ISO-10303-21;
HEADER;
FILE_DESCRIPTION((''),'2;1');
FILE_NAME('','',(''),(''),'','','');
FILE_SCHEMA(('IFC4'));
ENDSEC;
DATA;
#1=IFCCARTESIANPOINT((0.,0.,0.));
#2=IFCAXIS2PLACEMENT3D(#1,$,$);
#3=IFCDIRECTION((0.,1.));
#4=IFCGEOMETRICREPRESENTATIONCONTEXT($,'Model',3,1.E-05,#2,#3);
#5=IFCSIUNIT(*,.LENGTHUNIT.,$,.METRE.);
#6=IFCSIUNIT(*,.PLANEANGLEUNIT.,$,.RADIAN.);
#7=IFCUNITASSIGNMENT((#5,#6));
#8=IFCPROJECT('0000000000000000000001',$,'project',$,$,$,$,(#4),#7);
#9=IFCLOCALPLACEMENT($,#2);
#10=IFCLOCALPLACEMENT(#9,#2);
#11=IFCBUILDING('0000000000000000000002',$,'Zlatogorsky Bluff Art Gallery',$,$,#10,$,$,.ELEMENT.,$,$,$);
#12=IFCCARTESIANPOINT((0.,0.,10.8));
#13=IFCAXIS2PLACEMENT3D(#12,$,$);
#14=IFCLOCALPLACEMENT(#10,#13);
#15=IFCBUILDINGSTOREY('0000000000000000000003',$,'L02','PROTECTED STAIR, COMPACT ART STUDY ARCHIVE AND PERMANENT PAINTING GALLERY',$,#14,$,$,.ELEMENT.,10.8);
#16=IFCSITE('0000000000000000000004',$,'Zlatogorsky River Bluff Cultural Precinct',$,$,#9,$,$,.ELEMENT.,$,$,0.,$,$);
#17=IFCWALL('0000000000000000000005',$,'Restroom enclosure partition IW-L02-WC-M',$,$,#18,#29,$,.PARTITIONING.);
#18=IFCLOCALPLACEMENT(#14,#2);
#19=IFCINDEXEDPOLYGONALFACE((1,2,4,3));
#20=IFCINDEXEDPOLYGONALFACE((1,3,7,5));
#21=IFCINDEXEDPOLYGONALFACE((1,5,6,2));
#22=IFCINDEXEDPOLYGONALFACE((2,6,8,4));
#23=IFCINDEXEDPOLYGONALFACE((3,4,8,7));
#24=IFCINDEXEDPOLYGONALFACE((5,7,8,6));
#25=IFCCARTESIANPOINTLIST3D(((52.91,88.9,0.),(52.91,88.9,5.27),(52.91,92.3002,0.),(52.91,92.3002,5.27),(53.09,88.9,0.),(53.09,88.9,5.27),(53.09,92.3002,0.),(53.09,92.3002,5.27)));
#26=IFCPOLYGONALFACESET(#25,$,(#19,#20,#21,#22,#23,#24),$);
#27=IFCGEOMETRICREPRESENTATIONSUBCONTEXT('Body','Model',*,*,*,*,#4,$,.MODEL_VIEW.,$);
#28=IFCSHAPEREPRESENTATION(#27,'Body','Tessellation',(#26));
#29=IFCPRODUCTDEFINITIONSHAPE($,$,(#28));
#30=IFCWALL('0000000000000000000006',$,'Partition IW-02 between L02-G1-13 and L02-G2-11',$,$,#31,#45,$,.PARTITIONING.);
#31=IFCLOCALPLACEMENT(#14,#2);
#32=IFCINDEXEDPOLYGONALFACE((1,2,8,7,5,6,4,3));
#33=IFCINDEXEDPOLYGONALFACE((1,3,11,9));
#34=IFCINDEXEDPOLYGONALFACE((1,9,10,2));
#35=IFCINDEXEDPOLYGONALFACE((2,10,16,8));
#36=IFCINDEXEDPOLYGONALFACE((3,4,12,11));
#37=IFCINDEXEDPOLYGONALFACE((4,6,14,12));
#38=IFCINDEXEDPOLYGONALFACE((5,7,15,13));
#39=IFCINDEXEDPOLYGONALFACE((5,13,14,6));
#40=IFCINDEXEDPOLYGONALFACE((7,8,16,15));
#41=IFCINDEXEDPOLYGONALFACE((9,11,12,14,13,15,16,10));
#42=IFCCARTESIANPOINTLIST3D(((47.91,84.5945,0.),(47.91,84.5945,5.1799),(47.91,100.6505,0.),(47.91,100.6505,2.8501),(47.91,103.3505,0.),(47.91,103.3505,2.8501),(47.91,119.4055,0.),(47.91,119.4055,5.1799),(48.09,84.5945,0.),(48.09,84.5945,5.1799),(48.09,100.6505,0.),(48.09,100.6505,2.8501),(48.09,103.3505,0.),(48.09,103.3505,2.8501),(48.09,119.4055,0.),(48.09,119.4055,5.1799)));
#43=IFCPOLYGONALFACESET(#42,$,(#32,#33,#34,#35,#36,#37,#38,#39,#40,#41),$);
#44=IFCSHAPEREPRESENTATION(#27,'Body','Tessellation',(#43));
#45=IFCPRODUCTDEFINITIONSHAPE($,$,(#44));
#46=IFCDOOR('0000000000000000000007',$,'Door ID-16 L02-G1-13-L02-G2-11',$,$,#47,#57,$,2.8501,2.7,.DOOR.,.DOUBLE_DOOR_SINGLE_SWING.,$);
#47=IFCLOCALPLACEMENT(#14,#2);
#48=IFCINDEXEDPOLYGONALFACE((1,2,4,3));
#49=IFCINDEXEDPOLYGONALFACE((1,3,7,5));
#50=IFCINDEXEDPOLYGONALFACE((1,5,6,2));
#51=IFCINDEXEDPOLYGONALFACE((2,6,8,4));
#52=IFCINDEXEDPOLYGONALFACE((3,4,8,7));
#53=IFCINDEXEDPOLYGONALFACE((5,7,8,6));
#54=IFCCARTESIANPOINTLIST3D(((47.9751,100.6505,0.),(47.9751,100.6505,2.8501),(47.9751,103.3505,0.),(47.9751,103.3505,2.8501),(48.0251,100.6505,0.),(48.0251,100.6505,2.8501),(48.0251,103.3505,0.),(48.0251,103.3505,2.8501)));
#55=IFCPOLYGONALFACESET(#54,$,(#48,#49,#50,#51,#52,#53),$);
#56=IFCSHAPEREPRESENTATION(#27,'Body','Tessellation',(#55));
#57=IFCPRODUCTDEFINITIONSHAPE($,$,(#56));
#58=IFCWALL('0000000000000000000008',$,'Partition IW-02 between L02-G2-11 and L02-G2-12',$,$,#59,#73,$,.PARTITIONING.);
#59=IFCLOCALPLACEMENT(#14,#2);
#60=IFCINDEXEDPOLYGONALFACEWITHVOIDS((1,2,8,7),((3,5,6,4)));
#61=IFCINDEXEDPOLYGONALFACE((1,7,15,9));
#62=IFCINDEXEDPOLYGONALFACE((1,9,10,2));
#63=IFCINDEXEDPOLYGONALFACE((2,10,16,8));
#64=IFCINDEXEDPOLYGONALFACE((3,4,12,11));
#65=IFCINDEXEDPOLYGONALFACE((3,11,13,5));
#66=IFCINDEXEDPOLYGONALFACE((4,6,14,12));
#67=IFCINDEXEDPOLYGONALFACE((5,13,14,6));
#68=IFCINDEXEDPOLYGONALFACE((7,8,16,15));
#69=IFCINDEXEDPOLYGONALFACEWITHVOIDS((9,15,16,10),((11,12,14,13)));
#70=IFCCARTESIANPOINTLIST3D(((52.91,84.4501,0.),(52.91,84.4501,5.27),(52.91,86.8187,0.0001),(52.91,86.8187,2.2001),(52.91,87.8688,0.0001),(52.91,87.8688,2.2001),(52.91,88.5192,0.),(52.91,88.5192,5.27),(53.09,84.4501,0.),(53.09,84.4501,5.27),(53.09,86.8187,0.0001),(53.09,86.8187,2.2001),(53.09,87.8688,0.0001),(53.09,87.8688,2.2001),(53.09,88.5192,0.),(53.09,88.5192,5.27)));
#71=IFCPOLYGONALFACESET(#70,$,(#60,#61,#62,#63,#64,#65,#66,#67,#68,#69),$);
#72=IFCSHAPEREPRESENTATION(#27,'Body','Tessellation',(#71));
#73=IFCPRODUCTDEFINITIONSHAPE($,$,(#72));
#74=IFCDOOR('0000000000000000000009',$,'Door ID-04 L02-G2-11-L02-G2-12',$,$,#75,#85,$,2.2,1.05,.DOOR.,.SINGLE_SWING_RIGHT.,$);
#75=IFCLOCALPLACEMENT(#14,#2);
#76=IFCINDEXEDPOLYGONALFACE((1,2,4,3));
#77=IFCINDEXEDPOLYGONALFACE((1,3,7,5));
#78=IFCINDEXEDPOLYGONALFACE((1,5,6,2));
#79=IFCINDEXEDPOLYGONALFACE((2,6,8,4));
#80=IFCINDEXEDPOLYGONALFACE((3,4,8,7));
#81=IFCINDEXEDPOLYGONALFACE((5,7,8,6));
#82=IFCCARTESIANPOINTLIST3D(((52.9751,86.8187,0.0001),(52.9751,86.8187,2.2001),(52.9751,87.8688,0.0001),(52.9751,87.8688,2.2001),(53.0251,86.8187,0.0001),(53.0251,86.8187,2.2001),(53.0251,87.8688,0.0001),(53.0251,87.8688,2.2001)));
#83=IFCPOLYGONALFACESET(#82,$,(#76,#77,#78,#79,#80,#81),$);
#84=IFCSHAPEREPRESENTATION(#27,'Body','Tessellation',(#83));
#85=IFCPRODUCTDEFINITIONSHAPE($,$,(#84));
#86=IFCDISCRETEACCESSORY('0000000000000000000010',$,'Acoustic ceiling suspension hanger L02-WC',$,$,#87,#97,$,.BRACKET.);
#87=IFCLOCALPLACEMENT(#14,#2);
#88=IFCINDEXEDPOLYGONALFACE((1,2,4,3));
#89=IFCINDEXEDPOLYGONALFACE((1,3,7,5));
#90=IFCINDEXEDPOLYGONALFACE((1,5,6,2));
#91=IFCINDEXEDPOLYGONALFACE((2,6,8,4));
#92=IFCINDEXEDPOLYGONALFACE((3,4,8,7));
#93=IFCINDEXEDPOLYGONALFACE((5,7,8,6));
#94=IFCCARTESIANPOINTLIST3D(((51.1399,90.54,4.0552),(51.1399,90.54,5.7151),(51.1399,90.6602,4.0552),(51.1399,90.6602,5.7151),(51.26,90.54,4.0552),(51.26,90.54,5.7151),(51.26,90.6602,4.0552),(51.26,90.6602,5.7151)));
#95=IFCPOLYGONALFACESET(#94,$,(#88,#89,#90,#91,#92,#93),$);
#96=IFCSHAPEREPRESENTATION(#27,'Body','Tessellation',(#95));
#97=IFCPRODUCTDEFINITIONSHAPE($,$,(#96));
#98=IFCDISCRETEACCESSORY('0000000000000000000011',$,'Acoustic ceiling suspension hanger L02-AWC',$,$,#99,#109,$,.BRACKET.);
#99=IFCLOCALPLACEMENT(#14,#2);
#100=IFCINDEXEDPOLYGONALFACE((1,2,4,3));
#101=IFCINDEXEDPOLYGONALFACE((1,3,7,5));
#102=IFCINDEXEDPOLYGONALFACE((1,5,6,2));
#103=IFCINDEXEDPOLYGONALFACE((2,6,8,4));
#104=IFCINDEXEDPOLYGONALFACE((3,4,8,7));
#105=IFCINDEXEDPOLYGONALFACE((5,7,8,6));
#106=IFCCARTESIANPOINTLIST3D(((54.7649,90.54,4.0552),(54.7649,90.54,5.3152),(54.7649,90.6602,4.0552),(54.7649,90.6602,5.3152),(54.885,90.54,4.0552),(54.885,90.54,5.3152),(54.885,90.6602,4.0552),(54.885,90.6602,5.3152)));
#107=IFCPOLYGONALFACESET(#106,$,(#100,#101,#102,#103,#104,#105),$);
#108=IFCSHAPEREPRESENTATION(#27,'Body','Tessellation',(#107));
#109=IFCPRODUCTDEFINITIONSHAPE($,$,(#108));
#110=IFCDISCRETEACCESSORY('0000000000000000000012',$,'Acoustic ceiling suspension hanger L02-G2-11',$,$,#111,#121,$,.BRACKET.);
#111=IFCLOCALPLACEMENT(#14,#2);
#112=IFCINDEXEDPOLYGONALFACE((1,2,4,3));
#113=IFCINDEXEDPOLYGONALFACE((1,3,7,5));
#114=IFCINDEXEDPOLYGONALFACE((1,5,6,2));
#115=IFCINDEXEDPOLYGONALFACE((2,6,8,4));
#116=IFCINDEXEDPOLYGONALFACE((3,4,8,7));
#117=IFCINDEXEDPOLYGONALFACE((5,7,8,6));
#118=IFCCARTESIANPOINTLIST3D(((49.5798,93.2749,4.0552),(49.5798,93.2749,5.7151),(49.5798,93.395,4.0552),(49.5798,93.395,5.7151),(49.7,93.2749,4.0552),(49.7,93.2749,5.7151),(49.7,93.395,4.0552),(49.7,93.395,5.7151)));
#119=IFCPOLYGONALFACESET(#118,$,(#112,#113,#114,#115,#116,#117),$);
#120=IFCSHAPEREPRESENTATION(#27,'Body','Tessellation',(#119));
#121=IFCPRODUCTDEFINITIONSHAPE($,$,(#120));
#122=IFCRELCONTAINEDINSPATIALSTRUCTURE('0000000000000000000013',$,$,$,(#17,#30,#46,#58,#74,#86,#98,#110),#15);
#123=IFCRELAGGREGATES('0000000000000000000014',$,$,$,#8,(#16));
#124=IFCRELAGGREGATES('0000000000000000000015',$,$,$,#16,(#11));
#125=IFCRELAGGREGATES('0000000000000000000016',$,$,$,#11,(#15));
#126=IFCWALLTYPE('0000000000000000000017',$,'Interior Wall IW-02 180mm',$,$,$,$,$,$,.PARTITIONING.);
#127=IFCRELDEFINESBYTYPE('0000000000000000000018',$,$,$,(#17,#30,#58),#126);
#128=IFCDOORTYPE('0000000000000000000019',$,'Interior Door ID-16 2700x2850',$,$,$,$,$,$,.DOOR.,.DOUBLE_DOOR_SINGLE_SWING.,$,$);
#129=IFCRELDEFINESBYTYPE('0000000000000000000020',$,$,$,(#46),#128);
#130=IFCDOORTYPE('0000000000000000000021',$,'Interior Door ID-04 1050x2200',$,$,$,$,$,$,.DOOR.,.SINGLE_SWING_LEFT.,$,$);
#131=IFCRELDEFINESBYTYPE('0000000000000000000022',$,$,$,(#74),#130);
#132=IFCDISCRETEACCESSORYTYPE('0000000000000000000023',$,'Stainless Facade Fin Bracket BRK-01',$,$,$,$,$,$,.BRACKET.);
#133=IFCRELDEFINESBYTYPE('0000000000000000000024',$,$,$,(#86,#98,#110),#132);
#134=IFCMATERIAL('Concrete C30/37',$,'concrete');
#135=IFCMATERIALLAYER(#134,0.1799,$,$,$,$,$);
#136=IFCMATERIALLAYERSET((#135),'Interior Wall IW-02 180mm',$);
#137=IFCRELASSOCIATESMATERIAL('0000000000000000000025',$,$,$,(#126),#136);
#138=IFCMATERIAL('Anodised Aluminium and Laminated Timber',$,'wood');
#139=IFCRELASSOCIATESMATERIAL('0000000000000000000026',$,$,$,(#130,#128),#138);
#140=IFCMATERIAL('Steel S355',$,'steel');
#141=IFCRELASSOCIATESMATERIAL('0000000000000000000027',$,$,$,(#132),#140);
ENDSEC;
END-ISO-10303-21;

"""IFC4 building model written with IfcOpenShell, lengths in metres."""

from ifc_helpers import new_model, si_unit, direction, frame, frame_2d, origin, origin_2d, place, context, subcontext, project, spatial, rectangle, extrude, material, layer, layer_set, type_object, element, fill, save


model = new_model("IFC4")

# Units and contexts
model_context = context("Model", 3, precision=1e-05, world=origin(), true_north=direction((0.0, 1.0)))
body_context = subcontext(model_context, "Body", "Model", "MODEL_VIEW")
ifc_project = project(units=[si_unit("LENGTHUNIT", "METRE"), si_unit("PLANEANGLEUNIT", "RADIAN")], contexts=[model_context])

# Site, building, storey
site_placement = place(None, origin())
site = spatial("IfcSite", under=ifc_project, at=site_placement, Name="Zlatogorsky River Bluff Cultural Precinct", CompositionType="ELEMENT", RefElevation=0.0)
building_placement = place(site_placement, origin())
building = spatial("IfcBuilding", under=site, at=building_placement, Name="Zlatogorsky Bluff Art Gallery", CompositionType="ELEMENT")
storey_placement = place(building_placement, frame((0.0, 0.0, 10.8)))
storey = spatial("IfcBuildingStorey", under=building, at=storey_placement, Name="L02", Description="PROTECTED STAIR, COMPACT ART STUDY ARCHIVE AND PERMANENT PAINTING GALLERY", CompositionType="ELEMENT", Elevation=10.8)

# Shared definitions
ifc_material_1 = material(Name="Steel S355", Category="steel")

# Shared definitions
ifc_material_2 = material(Name="Concrete C30/37", Category="concrete")
ifc_material_3 = material(Name="Anodised Aluminium and Laminated Timber", Category="wood")

# Shared definitions
ifc_layer_1 = layer(ifc_material_2, 0.1799)
ifc_layer_set_1 = layer_set([ifc_layer_1], Name="Interior Wall IW-02 180mm")
wall_type_1 = type_object("IfcWallType", Name="Interior Wall IW-02 180mm", PredefinedType="PARTITIONING", material=ifc_layer_set_1)

# Shared definitions
door_type_1 = type_object("IfcDoorType", Name="Interior Door ID-04 1050x2200", OperationType="SINGLE_SWING_LEFT", PredefinedType="DOOR", material=ifc_material_3)

# Wall
for number, where, z_axis, x_axis, name in (
    (1, (53.0, 88.8999, 0.0), (0.0, 0.0, 1.0), (0.0, 1.0, 0.0), "Restroom enclosure partition IW-L02-WC-M"),
):
    element("IfcWall", number, at=place(storey_placement, frame(where, z_axis=z_axis, x_axis=x_axis)), inside=storey, type_object=wall_type_1, Name=name, PredefinedType="PARTITIONING", context=body_context, shape_type="SweptSolid", body=[
        extrude(rectangle(XDim=3.4001, YDim=0.1799, at=frame_2d((1.7002, 0.0))), origin(), (0.0, 0.0, 1.0), 5.27),
    ])

# Walls, openings, doors
wall_1_placement = place(storey_placement, frame((48.0, 84.5945, 0.0), z_axis=(0.0, 0.0, 1.0), x_axis=(0.0, 1.0, 0.0)))
wall_1 = element("IfcWall", 2, at=wall_1_placement, inside=storey, type_object=wall_type_1, Name="Partition IW-02 between L02-G1-13 and L02-G2-11", PredefinedType="PARTITIONING", context=body_context, shape_type="SweptSolid", body=[
    extrude(rectangle(XDim=34.811, YDim=0.1799, at=frame_2d((17.4055, 0.0))), origin(), (0.0, 0.0, 1.0), 5.1799),
])
opening_1_placement = place(wall_1_placement, frame((16.0559, 0.0, 0.0)))
opening_1 = element("IfcOpeningElement", 3, at=opening_1_placement, cuts=wall_1, PredefinedType="OPENING", context=body_context, shape_type="SweptSolid", body=[
    extrude(rectangle(XDim=2.7, YDim=2.8501, at=frame_2d((1.3501, 1.425))), frame((0.0, 0.0999, 0.0), z_axis=(0.0, -1.0, 0.0), x_axis=(1.0, 0.0, 0.0)), (0.0, 0.0, 1.0), 0.2),
])
door_type_2 = type_object("IfcDoorType", Name="Interior Door ID-16 2700x2850", OperationType="DOUBLE_DOOR_SINGLE_SWING", PredefinedType="DOOR", material=ifc_material_3)
door_1_placement = place(opening_1_placement, origin())
door_1 = element("IfcDoor", 4, at=door_1_placement, inside=storey, type_object=door_type_2, Name="Door ID-16 L02-G1-13-L02-G2-11", OperationType="DOUBLE_DOOR_SINGLE_SWING", OverallHeight=2.8501, OverallWidth=2.7, PredefinedType="DOOR", context=body_context, shape_type="SweptSolid", body=[
    extrude(rectangle(XDim=2.7, YDim=2.8501, at=frame_2d((1.3501, 1.425))), frame((0.0, 0.0249, 0.0), z_axis=(0.0, -1.0, 0.0), x_axis=(1.0, 0.0, 0.0)), (0.0, 0.0, 1.0), 0.05),
])
fill(opening_1, door_1)
wall_2_placement = place(storey_placement, frame((53.0, 84.45, 0.0), z_axis=(0.0, 0.0, 1.0), x_axis=(0.0, 1.0, 0.0)))
wall_2 = element("IfcWall", 5, at=wall_2_placement, inside=storey, type_object=wall_type_1, Name="Partition IW-02 between L02-G2-11 and L02-G2-12", PredefinedType="PARTITIONING", context=body_context, shape_type="SweptSolid", body=[
    extrude(rectangle(XDim=4.0691, YDim=0.1799, at=frame_2d((2.0347, 0.0))), origin(), (0.0, 0.0, 1.0), 5.27),
])
opening_2_placement = place(wall_2_placement, frame((2.3689, 0.0, 0.0)))
opening_2 = element("IfcOpeningElement", 6, at=opening_2_placement, cuts=wall_2, PredefinedType="OPENING", context=body_context, shape_type="SweptSolid", body=[
    extrude(rectangle(XDim=1.05, YDim=2.2, at=frame_2d((0.5249, 1.1001))), frame((0.0, 0.0999, 0.0), z_axis=(0.0, -1.0, 0.0), x_axis=(1.0, 0.0, 0.0)), (0.0, 0.0, 1.0), 0.2),
])
door_2_placement = place(opening_2_placement, origin())
door_2 = element("IfcDoor", 7, at=door_2_placement, inside=storey, type_object=door_type_1, Name="Door ID-04 L02-G2-11-L02-G2-12", OperationType="SINGLE_SWING_RIGHT", OverallHeight=2.2, OverallWidth=1.05, PredefinedType="DOOR", context=body_context, shape_type="SweptSolid", body=[
    extrude(rectangle(XDim=1.05, YDim=2.2, at=frame_2d((0.5249, 1.1001))), frame((0.0, 0.0249, 0.0), z_axis=(0.0, -1.0, 0.0), x_axis=(1.0, 0.0, 0.0)), (0.0, 0.0, 1.0), 0.05),
])
fill(opening_2, door_2)

# Discrete accessories
discrete_accessory_type = type_object("IfcDiscreteAccessoryType", Name="Stainless Facade Fin Bracket BRK-01", PredefinedType="BRACKET", material=ifc_material_1)
discrete_accessory_1_placement = place(storey_placement, frame((51.2, 90.6001, 4.0552), z_axis=(0.0, 0.0, 1.0), x_axis=(1.0, 0.0, 0.0)))
element("IfcDiscreteAccessory", 8, at=discrete_accessory_1_placement, inside=storey, type_object=discrete_accessory_type, Name="Acoustic ceiling suspension hanger L02-WC", PredefinedType="BRACKET", context=body_context, shape_type="SweptSolid", body=[
    extrude(rectangle(XDim=0.1201, YDim=0.1201, at=origin_2d()), origin(), (0.0, 0.0, 1.0), 1.6599),
])
discrete_accessory_2_placement = place(storey_placement, frame((54.825, 90.6001, 4.0552), z_axis=(0.0, 0.0, 1.0), x_axis=(1.0, 0.0, 0.0)))
element("IfcDiscreteAccessory", 9, at=discrete_accessory_2_placement, inside=storey, type_object=discrete_accessory_type, Name="Acoustic ceiling suspension hanger L02-AWC", PredefinedType="BRACKET", context=body_context, shape_type="SweptSolid", body=[
    extrude(rectangle(XDim=0.1201, YDim=0.1201, at=origin_2d()), origin(), (0.0, 0.0, 1.0), 1.26),
])
discrete_accessory_3_placement = place(storey_placement, frame((49.6399, 93.335, 4.0552), z_axis=(0.0, 0.0, 1.0), x_axis=(1.0, 0.0, 0.0)))
element("IfcDiscreteAccessory", 10, at=discrete_accessory_3_placement, inside=storey, type_object=discrete_accessory_type, Name="Acoustic ceiling suspension hanger L02-G2-11", PredefinedType="BRACKET", context=body_context, shape_type="SweptSolid", body=[
    extrude(rectangle(XDim=0.1201, YDim=0.1201, at=origin_2d()), origin(), (0.0, 0.0, 1.0), 1.6599),
])

save(model, "model.ifc")
